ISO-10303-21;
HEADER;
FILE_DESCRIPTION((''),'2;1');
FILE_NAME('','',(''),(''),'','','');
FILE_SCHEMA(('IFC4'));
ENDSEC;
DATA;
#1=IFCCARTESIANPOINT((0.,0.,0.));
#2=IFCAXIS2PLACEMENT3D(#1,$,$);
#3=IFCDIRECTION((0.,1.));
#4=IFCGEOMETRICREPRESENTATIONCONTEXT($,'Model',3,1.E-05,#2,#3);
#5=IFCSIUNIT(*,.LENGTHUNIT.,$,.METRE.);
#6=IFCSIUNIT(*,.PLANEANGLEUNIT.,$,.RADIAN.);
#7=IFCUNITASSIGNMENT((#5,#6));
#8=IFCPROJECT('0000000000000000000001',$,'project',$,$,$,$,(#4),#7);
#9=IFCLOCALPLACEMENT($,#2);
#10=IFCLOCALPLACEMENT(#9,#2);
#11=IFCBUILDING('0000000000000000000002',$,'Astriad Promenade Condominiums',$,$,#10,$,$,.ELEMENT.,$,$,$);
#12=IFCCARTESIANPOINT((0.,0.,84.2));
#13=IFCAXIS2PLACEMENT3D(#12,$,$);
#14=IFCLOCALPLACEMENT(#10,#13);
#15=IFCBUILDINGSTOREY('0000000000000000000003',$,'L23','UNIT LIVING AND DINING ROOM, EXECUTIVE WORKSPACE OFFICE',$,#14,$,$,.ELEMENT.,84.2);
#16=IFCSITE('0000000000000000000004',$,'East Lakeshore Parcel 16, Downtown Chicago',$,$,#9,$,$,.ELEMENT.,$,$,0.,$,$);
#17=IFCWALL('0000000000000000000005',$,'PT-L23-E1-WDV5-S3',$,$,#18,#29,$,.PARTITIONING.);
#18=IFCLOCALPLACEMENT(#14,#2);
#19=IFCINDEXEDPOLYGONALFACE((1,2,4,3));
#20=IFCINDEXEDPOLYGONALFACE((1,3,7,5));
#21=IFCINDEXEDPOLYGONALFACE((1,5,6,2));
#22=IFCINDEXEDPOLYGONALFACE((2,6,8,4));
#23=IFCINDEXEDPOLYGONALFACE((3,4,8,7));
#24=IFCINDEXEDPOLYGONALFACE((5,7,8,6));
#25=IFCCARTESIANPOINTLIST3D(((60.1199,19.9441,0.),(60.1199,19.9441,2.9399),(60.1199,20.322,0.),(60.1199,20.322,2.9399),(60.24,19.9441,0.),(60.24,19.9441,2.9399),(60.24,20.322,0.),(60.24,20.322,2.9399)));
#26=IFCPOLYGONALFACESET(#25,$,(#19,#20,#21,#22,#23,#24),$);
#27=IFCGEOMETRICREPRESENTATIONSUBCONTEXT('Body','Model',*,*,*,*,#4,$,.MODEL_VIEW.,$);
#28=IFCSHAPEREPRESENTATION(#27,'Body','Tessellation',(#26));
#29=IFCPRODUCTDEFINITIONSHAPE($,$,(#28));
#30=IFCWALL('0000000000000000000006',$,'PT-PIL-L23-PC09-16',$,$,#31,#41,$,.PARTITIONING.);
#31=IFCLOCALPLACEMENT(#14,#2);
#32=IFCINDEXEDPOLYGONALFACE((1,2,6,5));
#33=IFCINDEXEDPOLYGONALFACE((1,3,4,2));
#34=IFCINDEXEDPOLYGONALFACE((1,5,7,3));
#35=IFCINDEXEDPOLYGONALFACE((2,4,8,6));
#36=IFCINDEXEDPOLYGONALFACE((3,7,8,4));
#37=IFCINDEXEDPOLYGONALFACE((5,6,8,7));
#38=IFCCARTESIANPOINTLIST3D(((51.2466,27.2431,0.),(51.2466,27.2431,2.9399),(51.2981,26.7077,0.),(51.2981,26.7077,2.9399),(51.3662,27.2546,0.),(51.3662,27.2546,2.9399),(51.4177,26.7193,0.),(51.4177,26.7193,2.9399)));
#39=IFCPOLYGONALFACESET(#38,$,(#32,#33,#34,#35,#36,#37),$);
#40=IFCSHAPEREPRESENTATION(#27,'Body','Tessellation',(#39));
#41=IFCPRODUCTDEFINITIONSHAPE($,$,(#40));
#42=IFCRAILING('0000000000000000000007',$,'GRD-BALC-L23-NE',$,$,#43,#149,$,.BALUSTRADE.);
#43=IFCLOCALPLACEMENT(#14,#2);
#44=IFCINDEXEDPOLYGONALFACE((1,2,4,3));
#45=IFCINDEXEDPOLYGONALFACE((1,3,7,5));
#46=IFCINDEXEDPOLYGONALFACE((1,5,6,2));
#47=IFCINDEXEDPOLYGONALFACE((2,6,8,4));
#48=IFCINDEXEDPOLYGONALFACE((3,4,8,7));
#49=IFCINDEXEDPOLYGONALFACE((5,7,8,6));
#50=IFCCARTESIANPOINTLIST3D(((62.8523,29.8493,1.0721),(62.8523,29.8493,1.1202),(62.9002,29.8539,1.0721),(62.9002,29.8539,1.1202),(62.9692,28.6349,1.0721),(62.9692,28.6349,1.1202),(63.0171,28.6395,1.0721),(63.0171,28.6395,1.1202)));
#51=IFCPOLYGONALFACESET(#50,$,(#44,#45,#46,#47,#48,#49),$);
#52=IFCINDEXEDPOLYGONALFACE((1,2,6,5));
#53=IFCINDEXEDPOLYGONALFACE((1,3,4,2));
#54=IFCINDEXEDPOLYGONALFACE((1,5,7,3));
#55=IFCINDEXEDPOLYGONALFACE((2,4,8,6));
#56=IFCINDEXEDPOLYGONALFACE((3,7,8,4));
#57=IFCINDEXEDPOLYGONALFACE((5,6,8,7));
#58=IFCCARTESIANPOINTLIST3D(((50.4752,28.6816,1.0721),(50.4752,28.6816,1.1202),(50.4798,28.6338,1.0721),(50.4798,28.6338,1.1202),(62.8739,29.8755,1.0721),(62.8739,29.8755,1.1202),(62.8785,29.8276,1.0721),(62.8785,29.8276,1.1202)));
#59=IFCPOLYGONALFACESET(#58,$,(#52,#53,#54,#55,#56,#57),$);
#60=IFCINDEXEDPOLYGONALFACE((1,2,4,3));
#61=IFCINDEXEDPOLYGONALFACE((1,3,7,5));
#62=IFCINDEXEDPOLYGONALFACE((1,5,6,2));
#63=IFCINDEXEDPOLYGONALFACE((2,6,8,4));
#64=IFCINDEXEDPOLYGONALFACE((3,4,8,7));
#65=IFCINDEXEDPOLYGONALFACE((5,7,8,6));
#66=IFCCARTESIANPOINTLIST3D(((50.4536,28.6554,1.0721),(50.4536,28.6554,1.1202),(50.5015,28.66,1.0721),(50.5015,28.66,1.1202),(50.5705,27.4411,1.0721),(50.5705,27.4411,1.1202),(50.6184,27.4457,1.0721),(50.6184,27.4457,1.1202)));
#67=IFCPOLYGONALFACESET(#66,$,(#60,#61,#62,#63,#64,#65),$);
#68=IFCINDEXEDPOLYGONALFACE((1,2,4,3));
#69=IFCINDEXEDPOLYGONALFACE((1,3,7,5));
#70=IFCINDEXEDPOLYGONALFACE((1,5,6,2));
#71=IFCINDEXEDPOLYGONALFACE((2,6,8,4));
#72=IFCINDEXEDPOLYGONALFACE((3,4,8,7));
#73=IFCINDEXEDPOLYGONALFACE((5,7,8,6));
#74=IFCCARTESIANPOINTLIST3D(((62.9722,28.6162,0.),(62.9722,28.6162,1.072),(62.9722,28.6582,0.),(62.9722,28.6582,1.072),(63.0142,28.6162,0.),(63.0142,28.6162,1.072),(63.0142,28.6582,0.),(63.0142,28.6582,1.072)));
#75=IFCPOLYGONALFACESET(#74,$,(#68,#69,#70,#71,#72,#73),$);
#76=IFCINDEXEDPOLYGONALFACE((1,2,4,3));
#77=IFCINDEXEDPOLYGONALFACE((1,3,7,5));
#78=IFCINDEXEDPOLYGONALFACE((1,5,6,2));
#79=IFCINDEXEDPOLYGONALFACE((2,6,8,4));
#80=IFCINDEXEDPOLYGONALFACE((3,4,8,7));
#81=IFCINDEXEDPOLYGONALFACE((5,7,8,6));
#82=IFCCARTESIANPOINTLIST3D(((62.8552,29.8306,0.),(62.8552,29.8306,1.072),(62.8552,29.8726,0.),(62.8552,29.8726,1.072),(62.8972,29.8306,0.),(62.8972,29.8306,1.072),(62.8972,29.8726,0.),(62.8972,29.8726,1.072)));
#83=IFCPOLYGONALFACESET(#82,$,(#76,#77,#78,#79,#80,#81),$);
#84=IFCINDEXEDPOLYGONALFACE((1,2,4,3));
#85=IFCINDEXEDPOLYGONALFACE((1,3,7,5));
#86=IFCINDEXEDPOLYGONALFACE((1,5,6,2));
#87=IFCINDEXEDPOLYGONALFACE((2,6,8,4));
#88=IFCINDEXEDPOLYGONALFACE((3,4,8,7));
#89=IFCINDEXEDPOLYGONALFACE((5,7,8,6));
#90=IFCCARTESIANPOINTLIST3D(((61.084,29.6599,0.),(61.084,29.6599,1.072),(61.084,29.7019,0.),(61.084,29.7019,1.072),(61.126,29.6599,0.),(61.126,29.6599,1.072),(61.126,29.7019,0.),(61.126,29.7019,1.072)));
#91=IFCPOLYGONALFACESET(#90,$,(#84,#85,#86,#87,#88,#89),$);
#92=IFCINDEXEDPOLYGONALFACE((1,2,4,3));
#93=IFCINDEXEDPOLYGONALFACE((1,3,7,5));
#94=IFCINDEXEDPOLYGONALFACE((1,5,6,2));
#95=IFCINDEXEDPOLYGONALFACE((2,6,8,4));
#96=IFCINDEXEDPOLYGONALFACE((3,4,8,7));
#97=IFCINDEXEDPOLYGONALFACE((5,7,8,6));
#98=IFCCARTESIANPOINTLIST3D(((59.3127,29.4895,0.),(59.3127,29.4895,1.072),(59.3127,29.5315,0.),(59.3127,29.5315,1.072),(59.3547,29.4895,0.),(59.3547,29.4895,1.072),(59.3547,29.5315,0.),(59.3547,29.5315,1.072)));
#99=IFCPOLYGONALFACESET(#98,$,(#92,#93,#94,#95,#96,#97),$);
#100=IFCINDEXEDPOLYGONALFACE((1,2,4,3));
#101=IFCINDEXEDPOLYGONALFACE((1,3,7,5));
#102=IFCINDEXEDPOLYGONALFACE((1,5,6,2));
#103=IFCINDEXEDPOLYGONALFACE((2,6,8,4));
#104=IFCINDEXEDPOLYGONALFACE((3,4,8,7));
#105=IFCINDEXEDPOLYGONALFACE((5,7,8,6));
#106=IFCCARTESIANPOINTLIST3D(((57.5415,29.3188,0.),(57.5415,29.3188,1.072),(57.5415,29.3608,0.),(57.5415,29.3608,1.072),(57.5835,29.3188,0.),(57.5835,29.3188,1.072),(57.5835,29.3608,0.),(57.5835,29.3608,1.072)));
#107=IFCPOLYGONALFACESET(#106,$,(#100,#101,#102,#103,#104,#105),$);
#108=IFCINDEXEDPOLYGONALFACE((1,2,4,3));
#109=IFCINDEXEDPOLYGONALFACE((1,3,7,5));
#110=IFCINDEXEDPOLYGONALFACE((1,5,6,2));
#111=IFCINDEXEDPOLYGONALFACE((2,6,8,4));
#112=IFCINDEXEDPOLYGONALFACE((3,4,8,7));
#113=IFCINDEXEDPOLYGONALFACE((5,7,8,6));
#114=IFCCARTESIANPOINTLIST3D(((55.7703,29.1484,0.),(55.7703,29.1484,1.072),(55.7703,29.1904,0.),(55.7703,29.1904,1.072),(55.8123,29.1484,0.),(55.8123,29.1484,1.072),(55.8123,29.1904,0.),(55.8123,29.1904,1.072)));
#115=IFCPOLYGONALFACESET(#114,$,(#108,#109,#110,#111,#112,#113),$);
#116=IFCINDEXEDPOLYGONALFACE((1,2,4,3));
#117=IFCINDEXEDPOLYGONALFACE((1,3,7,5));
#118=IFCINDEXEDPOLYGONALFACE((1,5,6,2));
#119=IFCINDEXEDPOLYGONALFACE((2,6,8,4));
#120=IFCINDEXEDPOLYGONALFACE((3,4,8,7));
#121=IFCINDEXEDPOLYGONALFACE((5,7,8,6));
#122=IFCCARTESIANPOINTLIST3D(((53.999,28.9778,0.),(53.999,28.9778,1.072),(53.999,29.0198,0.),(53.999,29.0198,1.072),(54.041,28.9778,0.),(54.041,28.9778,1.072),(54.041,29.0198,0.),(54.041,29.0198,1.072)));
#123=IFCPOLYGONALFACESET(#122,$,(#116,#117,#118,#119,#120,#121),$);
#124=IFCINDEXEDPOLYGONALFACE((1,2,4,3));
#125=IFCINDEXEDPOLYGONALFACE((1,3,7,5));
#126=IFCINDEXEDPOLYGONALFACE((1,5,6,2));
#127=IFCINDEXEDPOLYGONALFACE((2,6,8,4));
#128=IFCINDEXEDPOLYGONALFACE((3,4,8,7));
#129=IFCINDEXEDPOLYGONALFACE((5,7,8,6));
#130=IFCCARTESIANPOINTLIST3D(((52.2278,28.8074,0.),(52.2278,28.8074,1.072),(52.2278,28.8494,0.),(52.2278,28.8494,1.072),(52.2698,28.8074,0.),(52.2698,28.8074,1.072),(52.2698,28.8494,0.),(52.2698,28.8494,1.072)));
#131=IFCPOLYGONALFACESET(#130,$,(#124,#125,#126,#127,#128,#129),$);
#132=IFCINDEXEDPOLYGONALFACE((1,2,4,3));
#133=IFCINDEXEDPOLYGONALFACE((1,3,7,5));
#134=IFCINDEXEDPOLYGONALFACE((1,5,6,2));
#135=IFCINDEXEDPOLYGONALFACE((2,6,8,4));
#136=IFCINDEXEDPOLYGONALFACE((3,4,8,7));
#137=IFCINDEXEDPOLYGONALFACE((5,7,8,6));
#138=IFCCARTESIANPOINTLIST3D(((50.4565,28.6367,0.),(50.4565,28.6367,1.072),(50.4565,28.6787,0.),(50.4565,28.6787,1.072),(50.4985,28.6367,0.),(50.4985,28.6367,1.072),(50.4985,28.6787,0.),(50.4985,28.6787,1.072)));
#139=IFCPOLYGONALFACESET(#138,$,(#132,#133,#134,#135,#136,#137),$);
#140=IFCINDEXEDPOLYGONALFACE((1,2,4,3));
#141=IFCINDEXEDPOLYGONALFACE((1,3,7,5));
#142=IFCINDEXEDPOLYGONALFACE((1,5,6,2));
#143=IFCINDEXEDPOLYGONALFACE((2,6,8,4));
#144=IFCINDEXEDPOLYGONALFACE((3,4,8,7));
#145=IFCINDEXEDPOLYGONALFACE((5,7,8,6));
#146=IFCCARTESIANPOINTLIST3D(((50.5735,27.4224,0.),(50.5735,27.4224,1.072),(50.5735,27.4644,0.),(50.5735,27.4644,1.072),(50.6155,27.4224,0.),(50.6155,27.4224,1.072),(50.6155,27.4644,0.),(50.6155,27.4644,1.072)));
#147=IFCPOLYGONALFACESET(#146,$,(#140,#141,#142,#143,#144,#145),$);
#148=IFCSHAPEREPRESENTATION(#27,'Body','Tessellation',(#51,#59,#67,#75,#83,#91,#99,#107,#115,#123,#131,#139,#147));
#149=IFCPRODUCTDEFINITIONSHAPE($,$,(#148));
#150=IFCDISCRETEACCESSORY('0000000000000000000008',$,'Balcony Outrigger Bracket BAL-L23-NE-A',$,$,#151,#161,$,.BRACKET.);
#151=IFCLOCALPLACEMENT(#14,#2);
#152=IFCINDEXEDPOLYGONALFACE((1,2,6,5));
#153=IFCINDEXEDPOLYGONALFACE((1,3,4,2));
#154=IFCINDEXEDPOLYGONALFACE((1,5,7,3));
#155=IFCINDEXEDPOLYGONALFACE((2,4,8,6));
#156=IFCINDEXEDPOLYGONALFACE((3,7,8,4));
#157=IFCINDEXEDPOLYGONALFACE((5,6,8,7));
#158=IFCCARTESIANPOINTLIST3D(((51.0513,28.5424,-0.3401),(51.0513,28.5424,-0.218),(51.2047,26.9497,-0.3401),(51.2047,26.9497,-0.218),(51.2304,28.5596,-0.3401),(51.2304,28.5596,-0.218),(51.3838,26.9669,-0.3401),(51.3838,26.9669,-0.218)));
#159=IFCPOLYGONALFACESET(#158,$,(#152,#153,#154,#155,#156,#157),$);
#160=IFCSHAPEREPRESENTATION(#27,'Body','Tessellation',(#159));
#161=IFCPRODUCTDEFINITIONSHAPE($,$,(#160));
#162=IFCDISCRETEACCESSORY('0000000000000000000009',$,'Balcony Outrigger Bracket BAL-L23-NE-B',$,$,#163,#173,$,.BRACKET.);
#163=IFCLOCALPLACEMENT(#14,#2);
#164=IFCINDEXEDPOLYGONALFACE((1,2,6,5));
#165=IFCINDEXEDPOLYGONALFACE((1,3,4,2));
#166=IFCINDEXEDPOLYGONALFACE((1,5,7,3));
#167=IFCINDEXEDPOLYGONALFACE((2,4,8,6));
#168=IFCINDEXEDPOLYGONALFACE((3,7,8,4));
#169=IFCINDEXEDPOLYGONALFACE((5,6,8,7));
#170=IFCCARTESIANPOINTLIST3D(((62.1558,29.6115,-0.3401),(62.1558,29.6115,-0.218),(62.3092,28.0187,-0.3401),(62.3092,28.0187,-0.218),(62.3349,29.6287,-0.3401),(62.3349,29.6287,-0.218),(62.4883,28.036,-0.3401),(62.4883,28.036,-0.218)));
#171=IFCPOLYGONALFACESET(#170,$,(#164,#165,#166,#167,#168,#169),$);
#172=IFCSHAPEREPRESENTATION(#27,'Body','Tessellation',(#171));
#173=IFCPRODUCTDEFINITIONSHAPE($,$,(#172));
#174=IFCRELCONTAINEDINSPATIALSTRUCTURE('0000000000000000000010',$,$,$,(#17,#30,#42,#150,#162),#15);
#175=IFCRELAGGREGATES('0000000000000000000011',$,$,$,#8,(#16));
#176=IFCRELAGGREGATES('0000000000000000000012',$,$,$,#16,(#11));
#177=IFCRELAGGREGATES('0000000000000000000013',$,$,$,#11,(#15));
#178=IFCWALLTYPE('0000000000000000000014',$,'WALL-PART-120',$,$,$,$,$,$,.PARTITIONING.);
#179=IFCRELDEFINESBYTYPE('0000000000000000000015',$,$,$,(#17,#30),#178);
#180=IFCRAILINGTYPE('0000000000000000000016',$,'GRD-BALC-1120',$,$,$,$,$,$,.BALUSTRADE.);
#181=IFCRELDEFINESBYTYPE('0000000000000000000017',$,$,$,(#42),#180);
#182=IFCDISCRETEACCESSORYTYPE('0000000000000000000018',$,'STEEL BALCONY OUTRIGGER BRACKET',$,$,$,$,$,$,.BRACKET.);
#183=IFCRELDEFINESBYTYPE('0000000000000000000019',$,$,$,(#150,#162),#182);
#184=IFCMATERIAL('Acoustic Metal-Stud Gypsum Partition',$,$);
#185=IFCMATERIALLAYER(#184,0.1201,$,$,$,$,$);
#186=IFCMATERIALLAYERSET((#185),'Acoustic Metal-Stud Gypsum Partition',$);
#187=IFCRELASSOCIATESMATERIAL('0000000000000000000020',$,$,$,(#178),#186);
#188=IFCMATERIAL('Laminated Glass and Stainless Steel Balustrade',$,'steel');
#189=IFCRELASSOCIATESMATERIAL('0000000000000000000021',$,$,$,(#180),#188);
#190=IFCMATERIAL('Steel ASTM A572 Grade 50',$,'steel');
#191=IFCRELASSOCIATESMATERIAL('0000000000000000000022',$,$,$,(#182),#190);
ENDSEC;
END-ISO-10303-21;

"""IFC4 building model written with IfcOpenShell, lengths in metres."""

from ifc_helpers import new_model, si_unit, direction, frame, frame_2d, origin, origin_2d, place, context, subcontext, project, spatial, rectangle, extrude, source, transform, mapped, material, layer, layer_set, type_object, type_shapes, element, save


model = new_model("IFC4")

# Units and contexts
model_context = context("Model", 3, precision=1e-05, world=origin(), true_north=direction((0.0, 1.0)))
body_context = subcontext(model_context, "Body", "Model", "MODEL_VIEW")
ifc_project = project(units=[si_unit("LENGTHUNIT", "METRE"), si_unit("PLANEANGLEUNIT", "RADIAN")], contexts=[model_context])

# Site, building, storey
site_placement = place(None, origin())
site = spatial("IfcSite", under=ifc_project, at=site_placement, Name="East Lakeshore Parcel 16, Downtown Chicago", CompositionType="ELEMENT", RefElevation=0.0)
building_placement = place(site_placement, origin())
building = spatial("IfcBuilding", under=site, at=building_placement, Name="Astriad Promenade Condominiums", CompositionType="ELEMENT")
storey_placement = place(building_placement, frame((0.0, 0.0, 84.2)))
storey = spatial("IfcBuildingStorey", under=building, at=storey_placement, Name="L23", Description="UNIT LIVING AND DINING ROOM, EXECUTIVE WORKSPACE OFFICE", CompositionType="ELEMENT", Elevation=84.2)

# Shared definitions
ifc_material_1 = material(Name="Acoustic Metal-Stud Gypsum Partition")
ifc_layer = layer(ifc_material_1, 0.1201)
ifc_layer_set = layer_set([ifc_layer], Name="Acoustic Metal-Stud Gypsum Partition")
wall_type = type_object("IfcWallType", Name="WALL-PART-120", PredefinedType="PARTITIONING", material=ifc_layer_set)

# Walls
for number, where, z_axis, x_axis, name in (
    (1, (60.1799, 19.9441, 0.0), (0.0, 0.0, 1.0), (0.0, 1.0, 0.0), "PT-L23-E1-WDV5-S3"),
):
    element("IfcWall", number, at=place(storey_placement, frame(where, z_axis=z_axis, x_axis=x_axis)), inside=storey, type_object=wall_type, Name=name, PredefinedType="PARTITIONING", context=body_context, shape_type="SweptSolid", body=[
        extrude(rectangle(XDim=0.3779, YDim=0.1201, at=frame_2d((0.189, 0.0))), origin(), (0.0, 0.0, 1.0), 2.9399),
    ])
wall_1_placement = place(storey_placement, frame((51.3579, 26.7134, 0.0), z_axis=(0.0, 0.0, 1.0), x_axis=(-0.095773, 0.995403, 0.0)))
element("IfcWall", 2, at=wall_1_placement, inside=storey, type_object=wall_type, Name="PT-PIL-L23-PC09-16", PredefinedType="PARTITIONING", context=body_context, shape_type="SweptSolid", body=[
    extrude(rectangle(XDim=0.5378, YDim=0.1201, at=frame_2d((0.269, 0.0))), origin(), (0.0, 0.0, 1.0), 2.9399),
])

# Railing
ifc_material_2 = material(Name="Laminated Glass and Stainless Steel Balustrade", Category="steel")
railing_type = type_object("IfcRailingType", Name="GRD-BALC-1120", PredefinedType="BALUSTRADE", material=ifc_material_2)
shared_shape_1 = source(origin(), body_context, "Body", "SweptSolid", [
    extrude(rectangle(XDim=0.0481, YDim=0.0481, at=origin_2d()), frame((0.0, 0.0, 1.0962), z_axis=(-0.095857, 0.995395, 0.0), x_axis=(-0.995395, -0.095857, 0.0)), (0.0, 0.0, 1.0), 1.22),
    extrude(rectangle(XDim=0.0481, YDim=0.0481, at=origin_2d()), frame((-0.1169, 1.2144, 1.0962), z_axis=(-0.995396, -0.095845, 0.0), x_axis=(0.095845, -0.995396, 0.0)), (0.0, 0.0, 1.0), 12.4561),
    extrude(rectangle(XDim=0.0481, YDim=0.0481, at=origin_2d()), frame((-12.5156, 0.0205, 1.0962), z_axis=(0.095857, -0.995395, 0.0), x_axis=(0.995395, 0.095857, 0.0)), (0.0, 0.0, 1.0), 1.22),
    extrude(rectangle(XDim=0.042, YDim=0.042, at=origin_2d()), origin(), (0.0, 0.0, 1.0), 1.072),
    extrude(rectangle(XDim=0.042, YDim=0.042, at=origin_2d()), frame((-0.1169, 1.2144, 0.0)), (0.0, 0.0, 1.0), 1.072),
    extrude(rectangle(XDim=0.042, YDim=0.042, at=origin_2d()), frame((-1.8882, 1.0437, 0.0)), (0.0, 0.0, 1.0), 1.072),
    extrude(rectangle(XDim=0.042, YDim=0.042, at=origin_2d()), frame((-3.6594, 0.8733, 0.0)), (0.0, 0.0, 1.0), 1.072),
    extrude(rectangle(XDim=0.042, YDim=0.042, at=origin_2d()), frame((-5.4307, 0.7026, 0.0)), (0.0, 0.0, 1.0), 1.072),
    extrude(rectangle(XDim=0.042, YDim=0.042, at=origin_2d()), frame((-7.2019, 0.5322, 0.0)), (0.0, 0.0, 1.0), 1.072),
    extrude(rectangle(XDim=0.042, YDim=0.042, at=origin_2d()), frame((-8.9731, 0.3616, 0.0)), (0.0, 0.0, 1.0), 1.072),
    extrude(rectangle(XDim=0.042, YDim=0.042, at=origin_2d()), frame((-10.7444, 0.1912, 0.0)), (0.0, 0.0, 1.0), 1.072),
    extrude(rectangle(XDim=0.042, YDim=0.042, at=origin_2d()), frame((-12.5156, 0.0205, 0.0)), (0.0, 0.0, 1.0), 1.072),
    extrude(rectangle(XDim=0.042, YDim=0.042, at=origin_2d()), frame((-12.3987, -1.1938, 0.0)), (0.0, 0.0, 1.0), 1.072),
])
type_shapes(railing_type, [shared_shape_1])
railing_placement = place(storey_placement, frame((62.9932, 28.6372, 0.0)))
element("IfcRailing", 3, at=railing_placement, inside=storey, type_object=railing_type, Name="GRD-BALC-L23-NE", PredefinedType="BALUSTRADE", context=body_context, shape_type="MappedRepresentation", body=[
    mapped(shared_shape_1, transform((0.0, 0.0, 0.0), scale=1.0)),
])

# Discrete accessories
ifc_material_3 = material(Name="Steel ASTM A572 Grade 50", Category="steel")
discrete_accessory_type = type_object("IfcDiscreteAccessoryType", Name="STEEL BALCONY OUTRIGGER BRACKET", PredefinedType="BRACKET", material=ifc_material_3)
shared_shape_2 = source(origin(), body_context, "Body", "SweptSolid", [
    extrude(rectangle(XDim=1.6001, YDim=0.1799, at=origin_2d()), origin(), (0.0, 0.0, 1.0), 0.1221),
])
type_shapes(discrete_accessory_type, [shared_shape_2])
for number, where, z_axis, x_axis, name in (
    (4, (51.2175, 27.7546, -0.3401), (0.0, 0.0, 1.0), (-0.095846, 0.995396, 0.0), "Balcony Outrigger Bracket BAL-L23-NE-A"),
    (5, (62.322, 28.8237, -0.3401), (0.0, 0.0, 1.0), (-0.095846, 0.995396, 0.0), "Balcony Outrigger Bracket BAL-L23-NE-B"),
):
    element("IfcDiscreteAccessory", number, at=place(storey_placement, frame(where, z_axis=z_axis, x_axis=x_axis)), inside=storey, type_object=discrete_accessory_type, Name=name, PredefinedType="BRACKET", context=body_context, shape_type="MappedRepresentation", body=[
        mapped(shared_shape_2, transform((0.0, 0.0, 0.0), scale=1.0)),
    ])

save(model, "model.ifc")
